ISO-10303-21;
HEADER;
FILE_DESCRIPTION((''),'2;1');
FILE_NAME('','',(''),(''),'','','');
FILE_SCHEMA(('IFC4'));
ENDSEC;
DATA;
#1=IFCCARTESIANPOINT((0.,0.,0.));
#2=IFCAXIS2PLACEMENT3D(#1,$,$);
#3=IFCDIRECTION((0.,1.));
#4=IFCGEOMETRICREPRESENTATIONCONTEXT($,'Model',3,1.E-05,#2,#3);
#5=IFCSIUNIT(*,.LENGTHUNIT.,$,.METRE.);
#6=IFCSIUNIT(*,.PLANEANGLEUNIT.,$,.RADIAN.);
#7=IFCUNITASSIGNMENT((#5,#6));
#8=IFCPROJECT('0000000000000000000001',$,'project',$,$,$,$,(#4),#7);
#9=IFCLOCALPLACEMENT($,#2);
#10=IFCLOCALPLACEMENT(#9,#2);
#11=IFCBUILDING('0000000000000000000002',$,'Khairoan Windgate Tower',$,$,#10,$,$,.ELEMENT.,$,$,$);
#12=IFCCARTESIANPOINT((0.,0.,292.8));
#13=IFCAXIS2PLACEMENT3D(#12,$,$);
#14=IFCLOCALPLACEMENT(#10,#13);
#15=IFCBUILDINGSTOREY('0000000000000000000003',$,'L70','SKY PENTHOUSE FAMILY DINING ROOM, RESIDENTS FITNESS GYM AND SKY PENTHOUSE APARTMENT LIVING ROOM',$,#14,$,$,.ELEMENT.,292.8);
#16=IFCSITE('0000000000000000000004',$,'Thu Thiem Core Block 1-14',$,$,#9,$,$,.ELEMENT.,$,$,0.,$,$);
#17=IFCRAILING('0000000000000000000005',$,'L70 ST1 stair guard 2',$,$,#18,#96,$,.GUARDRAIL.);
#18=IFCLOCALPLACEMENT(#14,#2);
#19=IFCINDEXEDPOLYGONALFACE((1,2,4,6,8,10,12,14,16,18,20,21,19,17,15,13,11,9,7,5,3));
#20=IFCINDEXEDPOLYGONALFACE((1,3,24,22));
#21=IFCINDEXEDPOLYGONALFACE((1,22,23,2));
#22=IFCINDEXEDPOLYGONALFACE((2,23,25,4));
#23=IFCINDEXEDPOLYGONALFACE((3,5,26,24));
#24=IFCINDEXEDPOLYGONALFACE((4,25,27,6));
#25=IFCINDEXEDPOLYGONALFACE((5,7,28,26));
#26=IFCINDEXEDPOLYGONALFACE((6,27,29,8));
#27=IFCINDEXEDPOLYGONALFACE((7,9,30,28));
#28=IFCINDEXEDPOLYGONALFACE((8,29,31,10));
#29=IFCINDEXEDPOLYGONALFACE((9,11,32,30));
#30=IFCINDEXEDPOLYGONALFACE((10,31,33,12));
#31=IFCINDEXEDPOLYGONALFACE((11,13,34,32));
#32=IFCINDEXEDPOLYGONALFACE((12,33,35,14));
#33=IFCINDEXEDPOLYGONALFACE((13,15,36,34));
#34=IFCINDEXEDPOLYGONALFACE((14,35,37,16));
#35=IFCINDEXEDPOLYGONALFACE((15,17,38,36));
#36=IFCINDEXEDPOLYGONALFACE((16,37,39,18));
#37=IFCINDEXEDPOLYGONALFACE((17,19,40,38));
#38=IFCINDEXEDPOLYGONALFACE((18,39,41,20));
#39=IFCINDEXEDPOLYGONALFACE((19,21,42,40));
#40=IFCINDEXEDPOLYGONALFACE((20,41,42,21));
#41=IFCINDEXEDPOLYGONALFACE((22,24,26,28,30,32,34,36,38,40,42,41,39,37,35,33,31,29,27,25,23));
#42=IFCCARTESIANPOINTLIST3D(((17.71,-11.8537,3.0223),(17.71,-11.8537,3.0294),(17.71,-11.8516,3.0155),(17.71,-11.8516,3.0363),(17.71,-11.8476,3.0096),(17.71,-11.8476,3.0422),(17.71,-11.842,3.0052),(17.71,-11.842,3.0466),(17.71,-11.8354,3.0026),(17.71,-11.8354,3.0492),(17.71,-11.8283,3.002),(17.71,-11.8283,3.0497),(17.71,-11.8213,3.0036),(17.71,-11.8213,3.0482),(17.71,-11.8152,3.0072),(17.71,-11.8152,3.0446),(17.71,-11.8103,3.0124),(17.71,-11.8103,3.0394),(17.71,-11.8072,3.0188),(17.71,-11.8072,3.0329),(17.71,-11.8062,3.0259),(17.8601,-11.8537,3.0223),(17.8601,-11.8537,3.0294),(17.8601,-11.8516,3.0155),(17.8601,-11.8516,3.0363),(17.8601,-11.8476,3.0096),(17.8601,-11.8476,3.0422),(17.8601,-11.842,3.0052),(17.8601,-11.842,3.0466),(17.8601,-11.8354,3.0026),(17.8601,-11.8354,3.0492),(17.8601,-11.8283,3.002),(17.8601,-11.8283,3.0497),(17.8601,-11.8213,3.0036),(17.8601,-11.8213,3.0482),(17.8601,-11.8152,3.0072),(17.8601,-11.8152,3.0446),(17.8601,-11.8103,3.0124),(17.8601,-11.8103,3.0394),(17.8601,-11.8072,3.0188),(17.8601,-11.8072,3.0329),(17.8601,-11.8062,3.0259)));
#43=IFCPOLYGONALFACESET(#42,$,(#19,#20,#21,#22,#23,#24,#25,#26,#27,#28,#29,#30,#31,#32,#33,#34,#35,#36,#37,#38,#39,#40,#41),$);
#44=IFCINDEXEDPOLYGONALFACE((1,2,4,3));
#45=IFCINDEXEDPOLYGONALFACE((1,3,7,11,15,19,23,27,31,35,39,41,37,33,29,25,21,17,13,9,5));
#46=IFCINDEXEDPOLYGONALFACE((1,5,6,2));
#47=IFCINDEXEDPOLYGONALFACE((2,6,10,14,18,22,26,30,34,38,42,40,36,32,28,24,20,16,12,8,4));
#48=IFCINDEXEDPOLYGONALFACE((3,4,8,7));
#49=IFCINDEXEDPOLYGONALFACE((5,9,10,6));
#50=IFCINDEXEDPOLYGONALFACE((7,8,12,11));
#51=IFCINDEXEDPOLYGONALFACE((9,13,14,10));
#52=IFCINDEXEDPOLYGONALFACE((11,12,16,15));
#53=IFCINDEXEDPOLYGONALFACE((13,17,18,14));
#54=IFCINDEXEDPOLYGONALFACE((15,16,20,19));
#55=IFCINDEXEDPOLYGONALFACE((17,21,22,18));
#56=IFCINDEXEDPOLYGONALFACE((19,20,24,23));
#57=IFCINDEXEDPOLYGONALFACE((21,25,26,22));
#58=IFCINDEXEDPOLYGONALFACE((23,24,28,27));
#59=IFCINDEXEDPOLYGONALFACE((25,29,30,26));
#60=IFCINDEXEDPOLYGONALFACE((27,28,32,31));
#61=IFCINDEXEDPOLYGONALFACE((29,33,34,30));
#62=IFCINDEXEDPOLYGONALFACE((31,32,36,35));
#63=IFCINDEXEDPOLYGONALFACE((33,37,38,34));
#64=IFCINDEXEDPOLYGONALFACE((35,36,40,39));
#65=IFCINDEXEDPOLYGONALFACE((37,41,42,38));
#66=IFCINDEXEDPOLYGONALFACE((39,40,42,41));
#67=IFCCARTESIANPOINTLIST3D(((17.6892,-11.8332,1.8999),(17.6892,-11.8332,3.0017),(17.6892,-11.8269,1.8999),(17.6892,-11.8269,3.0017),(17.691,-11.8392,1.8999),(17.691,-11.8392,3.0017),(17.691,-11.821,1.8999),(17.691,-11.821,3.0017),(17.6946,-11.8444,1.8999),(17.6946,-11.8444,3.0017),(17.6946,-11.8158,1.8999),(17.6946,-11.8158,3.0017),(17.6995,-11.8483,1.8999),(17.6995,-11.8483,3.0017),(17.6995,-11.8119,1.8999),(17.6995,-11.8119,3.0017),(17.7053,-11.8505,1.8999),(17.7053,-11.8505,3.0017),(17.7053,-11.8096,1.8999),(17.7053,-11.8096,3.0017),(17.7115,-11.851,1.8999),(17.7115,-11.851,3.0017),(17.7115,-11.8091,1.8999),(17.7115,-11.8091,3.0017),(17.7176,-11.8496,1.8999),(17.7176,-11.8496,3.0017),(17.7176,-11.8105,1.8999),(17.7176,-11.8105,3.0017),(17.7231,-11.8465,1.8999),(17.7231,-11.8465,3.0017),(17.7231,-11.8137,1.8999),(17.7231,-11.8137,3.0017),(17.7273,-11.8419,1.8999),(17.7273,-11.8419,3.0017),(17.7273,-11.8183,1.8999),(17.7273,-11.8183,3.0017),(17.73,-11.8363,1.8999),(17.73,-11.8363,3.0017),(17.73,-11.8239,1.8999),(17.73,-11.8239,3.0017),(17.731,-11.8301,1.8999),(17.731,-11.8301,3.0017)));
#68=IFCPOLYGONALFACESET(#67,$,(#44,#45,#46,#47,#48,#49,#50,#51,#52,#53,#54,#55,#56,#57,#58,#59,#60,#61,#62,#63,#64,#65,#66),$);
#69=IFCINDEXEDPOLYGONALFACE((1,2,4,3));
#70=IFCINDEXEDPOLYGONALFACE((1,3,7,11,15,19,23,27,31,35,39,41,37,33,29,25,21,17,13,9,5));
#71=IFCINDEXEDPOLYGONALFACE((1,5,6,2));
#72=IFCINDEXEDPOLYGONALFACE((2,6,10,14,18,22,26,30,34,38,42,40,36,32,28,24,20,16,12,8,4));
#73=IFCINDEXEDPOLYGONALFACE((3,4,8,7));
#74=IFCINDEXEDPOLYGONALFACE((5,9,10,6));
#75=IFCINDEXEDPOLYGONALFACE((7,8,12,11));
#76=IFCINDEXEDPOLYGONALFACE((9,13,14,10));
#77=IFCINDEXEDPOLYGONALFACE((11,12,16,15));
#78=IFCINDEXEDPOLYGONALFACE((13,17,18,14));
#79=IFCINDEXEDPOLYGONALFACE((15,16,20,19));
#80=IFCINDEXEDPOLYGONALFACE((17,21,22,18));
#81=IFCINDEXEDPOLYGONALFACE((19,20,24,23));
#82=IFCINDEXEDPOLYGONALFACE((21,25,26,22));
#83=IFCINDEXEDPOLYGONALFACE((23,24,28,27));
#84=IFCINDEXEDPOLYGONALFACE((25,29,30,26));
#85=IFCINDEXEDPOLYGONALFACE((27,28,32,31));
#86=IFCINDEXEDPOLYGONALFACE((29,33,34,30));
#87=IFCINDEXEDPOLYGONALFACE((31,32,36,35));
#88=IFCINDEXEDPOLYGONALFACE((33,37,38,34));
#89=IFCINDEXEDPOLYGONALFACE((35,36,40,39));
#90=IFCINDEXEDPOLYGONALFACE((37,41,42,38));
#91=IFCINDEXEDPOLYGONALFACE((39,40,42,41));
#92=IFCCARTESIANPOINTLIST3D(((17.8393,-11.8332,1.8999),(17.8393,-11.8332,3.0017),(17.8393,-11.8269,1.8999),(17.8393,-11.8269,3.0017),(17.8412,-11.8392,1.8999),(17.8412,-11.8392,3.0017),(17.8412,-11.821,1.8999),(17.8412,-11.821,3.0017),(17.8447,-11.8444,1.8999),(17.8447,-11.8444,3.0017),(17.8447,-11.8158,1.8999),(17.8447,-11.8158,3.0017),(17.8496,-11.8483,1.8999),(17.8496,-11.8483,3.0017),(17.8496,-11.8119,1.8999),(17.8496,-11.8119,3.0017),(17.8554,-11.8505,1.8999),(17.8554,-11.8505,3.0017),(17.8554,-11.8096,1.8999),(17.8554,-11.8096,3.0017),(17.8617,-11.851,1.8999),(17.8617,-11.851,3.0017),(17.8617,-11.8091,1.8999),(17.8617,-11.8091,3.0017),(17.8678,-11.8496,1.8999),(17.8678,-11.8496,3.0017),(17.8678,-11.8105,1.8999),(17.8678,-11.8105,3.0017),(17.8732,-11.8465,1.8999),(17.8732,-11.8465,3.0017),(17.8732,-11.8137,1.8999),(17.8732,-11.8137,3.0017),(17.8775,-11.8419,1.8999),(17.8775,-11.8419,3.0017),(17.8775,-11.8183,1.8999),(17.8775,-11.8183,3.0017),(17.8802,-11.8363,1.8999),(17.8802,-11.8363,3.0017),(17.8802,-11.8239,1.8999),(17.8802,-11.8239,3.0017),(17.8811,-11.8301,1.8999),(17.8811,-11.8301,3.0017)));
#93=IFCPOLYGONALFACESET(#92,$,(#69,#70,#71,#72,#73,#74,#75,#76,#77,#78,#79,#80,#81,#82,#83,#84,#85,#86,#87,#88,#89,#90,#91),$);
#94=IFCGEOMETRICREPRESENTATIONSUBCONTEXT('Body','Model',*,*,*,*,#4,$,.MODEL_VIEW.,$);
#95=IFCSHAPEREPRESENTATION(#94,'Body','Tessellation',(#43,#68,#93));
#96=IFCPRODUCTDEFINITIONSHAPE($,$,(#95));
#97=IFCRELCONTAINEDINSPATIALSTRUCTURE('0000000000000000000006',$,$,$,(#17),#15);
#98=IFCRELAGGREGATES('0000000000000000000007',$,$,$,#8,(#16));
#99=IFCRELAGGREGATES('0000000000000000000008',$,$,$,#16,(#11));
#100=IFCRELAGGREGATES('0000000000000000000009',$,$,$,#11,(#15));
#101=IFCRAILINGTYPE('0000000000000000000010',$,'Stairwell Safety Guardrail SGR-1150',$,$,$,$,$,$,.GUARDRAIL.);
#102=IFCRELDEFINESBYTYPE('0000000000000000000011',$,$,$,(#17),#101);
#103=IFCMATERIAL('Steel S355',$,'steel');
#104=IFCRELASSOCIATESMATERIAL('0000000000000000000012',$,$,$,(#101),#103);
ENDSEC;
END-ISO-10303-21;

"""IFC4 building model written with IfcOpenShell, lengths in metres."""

from ifc_helpers import new_model, si_unit, direction, frame, origin, origin_2d, place, context, subcontext, project, spatial, circle, extrude, material, type_object, element, save


model = new_model("IFC4")

# Units and contexts
model_context = context("Model", 3, precision=1e-05, world=origin(), true_north=direction((0.0, 1.0)))
body_context = subcontext(model_context, "Body", "Model", "MODEL_VIEW")
ifc_project = project(units=[si_unit("LENGTHUNIT", "METRE"), si_unit("PLANEANGLEUNIT", "RADIAN")], contexts=[model_context])

# Site, building, storey
site_placement = place(None, origin())
site = spatial("IfcSite", under=ifc_project, at=site_placement, Name="Thu Thiem Core Block 1-14", CompositionType="ELEMENT", RefElevation=0.0)
building_placement = place(site_placement, origin())
building = spatial("IfcBuilding", under=site, at=building_placement, Name="Khairoan Windgate Tower", CompositionType="ELEMENT")
storey_placement = place(building_placement, frame((0.0, 0.0, 292.8)))
storey = spatial("IfcBuildingStorey", under=building, at=storey_placement, Name="L70", Description="SKY PENTHOUSE FAMILY DINING ROOM, RESIDENTS FITNESS GYM AND SKY PENTHOUSE APARTMENT LIVING ROOM", CompositionType="ELEMENT", Elevation=292.8)

# Railing
ifc_material_1 = material(Name="Steel S355", Category="steel")
railing_type_1 = type_object("IfcRailingType", Name="Stairwell Safety Guardrail SGR-1150", PredefinedType="GUARDRAIL", material=ifc_material_1)
railing_1_placement = place(storey_placement, frame((17.71, -11.8301, 1.8999)))
element("IfcRailing", 1, at=railing_1_placement, inside=storey, type_object=railing_type_1, Name="L70 ST1 stair guard 2", PredefinedType="GUARDRAIL", context=body_context, shape_type="SweptSolid", body=[
    extrude(circle(Radius=0.0239, at=origin_2d()), frame((0.0, 0.0, 1.126), z_axis=(1.0, 0.0, 0.0), x_axis=(0.0, 1.0, 0.0)), (0.0, 0.0, 1.0), 0.1501),
    extrude(circle(Radius=0.021, at=origin_2d()), origin(), (0.0, 0.0, 1.0), 1.1018),
    extrude(circle(Radius=0.021, at=origin_2d()), frame((0.1501, 0.0, 0.0)), (0.0, 0.0, 1.0), 1.1018),
])

save(model, "model.ifc")
